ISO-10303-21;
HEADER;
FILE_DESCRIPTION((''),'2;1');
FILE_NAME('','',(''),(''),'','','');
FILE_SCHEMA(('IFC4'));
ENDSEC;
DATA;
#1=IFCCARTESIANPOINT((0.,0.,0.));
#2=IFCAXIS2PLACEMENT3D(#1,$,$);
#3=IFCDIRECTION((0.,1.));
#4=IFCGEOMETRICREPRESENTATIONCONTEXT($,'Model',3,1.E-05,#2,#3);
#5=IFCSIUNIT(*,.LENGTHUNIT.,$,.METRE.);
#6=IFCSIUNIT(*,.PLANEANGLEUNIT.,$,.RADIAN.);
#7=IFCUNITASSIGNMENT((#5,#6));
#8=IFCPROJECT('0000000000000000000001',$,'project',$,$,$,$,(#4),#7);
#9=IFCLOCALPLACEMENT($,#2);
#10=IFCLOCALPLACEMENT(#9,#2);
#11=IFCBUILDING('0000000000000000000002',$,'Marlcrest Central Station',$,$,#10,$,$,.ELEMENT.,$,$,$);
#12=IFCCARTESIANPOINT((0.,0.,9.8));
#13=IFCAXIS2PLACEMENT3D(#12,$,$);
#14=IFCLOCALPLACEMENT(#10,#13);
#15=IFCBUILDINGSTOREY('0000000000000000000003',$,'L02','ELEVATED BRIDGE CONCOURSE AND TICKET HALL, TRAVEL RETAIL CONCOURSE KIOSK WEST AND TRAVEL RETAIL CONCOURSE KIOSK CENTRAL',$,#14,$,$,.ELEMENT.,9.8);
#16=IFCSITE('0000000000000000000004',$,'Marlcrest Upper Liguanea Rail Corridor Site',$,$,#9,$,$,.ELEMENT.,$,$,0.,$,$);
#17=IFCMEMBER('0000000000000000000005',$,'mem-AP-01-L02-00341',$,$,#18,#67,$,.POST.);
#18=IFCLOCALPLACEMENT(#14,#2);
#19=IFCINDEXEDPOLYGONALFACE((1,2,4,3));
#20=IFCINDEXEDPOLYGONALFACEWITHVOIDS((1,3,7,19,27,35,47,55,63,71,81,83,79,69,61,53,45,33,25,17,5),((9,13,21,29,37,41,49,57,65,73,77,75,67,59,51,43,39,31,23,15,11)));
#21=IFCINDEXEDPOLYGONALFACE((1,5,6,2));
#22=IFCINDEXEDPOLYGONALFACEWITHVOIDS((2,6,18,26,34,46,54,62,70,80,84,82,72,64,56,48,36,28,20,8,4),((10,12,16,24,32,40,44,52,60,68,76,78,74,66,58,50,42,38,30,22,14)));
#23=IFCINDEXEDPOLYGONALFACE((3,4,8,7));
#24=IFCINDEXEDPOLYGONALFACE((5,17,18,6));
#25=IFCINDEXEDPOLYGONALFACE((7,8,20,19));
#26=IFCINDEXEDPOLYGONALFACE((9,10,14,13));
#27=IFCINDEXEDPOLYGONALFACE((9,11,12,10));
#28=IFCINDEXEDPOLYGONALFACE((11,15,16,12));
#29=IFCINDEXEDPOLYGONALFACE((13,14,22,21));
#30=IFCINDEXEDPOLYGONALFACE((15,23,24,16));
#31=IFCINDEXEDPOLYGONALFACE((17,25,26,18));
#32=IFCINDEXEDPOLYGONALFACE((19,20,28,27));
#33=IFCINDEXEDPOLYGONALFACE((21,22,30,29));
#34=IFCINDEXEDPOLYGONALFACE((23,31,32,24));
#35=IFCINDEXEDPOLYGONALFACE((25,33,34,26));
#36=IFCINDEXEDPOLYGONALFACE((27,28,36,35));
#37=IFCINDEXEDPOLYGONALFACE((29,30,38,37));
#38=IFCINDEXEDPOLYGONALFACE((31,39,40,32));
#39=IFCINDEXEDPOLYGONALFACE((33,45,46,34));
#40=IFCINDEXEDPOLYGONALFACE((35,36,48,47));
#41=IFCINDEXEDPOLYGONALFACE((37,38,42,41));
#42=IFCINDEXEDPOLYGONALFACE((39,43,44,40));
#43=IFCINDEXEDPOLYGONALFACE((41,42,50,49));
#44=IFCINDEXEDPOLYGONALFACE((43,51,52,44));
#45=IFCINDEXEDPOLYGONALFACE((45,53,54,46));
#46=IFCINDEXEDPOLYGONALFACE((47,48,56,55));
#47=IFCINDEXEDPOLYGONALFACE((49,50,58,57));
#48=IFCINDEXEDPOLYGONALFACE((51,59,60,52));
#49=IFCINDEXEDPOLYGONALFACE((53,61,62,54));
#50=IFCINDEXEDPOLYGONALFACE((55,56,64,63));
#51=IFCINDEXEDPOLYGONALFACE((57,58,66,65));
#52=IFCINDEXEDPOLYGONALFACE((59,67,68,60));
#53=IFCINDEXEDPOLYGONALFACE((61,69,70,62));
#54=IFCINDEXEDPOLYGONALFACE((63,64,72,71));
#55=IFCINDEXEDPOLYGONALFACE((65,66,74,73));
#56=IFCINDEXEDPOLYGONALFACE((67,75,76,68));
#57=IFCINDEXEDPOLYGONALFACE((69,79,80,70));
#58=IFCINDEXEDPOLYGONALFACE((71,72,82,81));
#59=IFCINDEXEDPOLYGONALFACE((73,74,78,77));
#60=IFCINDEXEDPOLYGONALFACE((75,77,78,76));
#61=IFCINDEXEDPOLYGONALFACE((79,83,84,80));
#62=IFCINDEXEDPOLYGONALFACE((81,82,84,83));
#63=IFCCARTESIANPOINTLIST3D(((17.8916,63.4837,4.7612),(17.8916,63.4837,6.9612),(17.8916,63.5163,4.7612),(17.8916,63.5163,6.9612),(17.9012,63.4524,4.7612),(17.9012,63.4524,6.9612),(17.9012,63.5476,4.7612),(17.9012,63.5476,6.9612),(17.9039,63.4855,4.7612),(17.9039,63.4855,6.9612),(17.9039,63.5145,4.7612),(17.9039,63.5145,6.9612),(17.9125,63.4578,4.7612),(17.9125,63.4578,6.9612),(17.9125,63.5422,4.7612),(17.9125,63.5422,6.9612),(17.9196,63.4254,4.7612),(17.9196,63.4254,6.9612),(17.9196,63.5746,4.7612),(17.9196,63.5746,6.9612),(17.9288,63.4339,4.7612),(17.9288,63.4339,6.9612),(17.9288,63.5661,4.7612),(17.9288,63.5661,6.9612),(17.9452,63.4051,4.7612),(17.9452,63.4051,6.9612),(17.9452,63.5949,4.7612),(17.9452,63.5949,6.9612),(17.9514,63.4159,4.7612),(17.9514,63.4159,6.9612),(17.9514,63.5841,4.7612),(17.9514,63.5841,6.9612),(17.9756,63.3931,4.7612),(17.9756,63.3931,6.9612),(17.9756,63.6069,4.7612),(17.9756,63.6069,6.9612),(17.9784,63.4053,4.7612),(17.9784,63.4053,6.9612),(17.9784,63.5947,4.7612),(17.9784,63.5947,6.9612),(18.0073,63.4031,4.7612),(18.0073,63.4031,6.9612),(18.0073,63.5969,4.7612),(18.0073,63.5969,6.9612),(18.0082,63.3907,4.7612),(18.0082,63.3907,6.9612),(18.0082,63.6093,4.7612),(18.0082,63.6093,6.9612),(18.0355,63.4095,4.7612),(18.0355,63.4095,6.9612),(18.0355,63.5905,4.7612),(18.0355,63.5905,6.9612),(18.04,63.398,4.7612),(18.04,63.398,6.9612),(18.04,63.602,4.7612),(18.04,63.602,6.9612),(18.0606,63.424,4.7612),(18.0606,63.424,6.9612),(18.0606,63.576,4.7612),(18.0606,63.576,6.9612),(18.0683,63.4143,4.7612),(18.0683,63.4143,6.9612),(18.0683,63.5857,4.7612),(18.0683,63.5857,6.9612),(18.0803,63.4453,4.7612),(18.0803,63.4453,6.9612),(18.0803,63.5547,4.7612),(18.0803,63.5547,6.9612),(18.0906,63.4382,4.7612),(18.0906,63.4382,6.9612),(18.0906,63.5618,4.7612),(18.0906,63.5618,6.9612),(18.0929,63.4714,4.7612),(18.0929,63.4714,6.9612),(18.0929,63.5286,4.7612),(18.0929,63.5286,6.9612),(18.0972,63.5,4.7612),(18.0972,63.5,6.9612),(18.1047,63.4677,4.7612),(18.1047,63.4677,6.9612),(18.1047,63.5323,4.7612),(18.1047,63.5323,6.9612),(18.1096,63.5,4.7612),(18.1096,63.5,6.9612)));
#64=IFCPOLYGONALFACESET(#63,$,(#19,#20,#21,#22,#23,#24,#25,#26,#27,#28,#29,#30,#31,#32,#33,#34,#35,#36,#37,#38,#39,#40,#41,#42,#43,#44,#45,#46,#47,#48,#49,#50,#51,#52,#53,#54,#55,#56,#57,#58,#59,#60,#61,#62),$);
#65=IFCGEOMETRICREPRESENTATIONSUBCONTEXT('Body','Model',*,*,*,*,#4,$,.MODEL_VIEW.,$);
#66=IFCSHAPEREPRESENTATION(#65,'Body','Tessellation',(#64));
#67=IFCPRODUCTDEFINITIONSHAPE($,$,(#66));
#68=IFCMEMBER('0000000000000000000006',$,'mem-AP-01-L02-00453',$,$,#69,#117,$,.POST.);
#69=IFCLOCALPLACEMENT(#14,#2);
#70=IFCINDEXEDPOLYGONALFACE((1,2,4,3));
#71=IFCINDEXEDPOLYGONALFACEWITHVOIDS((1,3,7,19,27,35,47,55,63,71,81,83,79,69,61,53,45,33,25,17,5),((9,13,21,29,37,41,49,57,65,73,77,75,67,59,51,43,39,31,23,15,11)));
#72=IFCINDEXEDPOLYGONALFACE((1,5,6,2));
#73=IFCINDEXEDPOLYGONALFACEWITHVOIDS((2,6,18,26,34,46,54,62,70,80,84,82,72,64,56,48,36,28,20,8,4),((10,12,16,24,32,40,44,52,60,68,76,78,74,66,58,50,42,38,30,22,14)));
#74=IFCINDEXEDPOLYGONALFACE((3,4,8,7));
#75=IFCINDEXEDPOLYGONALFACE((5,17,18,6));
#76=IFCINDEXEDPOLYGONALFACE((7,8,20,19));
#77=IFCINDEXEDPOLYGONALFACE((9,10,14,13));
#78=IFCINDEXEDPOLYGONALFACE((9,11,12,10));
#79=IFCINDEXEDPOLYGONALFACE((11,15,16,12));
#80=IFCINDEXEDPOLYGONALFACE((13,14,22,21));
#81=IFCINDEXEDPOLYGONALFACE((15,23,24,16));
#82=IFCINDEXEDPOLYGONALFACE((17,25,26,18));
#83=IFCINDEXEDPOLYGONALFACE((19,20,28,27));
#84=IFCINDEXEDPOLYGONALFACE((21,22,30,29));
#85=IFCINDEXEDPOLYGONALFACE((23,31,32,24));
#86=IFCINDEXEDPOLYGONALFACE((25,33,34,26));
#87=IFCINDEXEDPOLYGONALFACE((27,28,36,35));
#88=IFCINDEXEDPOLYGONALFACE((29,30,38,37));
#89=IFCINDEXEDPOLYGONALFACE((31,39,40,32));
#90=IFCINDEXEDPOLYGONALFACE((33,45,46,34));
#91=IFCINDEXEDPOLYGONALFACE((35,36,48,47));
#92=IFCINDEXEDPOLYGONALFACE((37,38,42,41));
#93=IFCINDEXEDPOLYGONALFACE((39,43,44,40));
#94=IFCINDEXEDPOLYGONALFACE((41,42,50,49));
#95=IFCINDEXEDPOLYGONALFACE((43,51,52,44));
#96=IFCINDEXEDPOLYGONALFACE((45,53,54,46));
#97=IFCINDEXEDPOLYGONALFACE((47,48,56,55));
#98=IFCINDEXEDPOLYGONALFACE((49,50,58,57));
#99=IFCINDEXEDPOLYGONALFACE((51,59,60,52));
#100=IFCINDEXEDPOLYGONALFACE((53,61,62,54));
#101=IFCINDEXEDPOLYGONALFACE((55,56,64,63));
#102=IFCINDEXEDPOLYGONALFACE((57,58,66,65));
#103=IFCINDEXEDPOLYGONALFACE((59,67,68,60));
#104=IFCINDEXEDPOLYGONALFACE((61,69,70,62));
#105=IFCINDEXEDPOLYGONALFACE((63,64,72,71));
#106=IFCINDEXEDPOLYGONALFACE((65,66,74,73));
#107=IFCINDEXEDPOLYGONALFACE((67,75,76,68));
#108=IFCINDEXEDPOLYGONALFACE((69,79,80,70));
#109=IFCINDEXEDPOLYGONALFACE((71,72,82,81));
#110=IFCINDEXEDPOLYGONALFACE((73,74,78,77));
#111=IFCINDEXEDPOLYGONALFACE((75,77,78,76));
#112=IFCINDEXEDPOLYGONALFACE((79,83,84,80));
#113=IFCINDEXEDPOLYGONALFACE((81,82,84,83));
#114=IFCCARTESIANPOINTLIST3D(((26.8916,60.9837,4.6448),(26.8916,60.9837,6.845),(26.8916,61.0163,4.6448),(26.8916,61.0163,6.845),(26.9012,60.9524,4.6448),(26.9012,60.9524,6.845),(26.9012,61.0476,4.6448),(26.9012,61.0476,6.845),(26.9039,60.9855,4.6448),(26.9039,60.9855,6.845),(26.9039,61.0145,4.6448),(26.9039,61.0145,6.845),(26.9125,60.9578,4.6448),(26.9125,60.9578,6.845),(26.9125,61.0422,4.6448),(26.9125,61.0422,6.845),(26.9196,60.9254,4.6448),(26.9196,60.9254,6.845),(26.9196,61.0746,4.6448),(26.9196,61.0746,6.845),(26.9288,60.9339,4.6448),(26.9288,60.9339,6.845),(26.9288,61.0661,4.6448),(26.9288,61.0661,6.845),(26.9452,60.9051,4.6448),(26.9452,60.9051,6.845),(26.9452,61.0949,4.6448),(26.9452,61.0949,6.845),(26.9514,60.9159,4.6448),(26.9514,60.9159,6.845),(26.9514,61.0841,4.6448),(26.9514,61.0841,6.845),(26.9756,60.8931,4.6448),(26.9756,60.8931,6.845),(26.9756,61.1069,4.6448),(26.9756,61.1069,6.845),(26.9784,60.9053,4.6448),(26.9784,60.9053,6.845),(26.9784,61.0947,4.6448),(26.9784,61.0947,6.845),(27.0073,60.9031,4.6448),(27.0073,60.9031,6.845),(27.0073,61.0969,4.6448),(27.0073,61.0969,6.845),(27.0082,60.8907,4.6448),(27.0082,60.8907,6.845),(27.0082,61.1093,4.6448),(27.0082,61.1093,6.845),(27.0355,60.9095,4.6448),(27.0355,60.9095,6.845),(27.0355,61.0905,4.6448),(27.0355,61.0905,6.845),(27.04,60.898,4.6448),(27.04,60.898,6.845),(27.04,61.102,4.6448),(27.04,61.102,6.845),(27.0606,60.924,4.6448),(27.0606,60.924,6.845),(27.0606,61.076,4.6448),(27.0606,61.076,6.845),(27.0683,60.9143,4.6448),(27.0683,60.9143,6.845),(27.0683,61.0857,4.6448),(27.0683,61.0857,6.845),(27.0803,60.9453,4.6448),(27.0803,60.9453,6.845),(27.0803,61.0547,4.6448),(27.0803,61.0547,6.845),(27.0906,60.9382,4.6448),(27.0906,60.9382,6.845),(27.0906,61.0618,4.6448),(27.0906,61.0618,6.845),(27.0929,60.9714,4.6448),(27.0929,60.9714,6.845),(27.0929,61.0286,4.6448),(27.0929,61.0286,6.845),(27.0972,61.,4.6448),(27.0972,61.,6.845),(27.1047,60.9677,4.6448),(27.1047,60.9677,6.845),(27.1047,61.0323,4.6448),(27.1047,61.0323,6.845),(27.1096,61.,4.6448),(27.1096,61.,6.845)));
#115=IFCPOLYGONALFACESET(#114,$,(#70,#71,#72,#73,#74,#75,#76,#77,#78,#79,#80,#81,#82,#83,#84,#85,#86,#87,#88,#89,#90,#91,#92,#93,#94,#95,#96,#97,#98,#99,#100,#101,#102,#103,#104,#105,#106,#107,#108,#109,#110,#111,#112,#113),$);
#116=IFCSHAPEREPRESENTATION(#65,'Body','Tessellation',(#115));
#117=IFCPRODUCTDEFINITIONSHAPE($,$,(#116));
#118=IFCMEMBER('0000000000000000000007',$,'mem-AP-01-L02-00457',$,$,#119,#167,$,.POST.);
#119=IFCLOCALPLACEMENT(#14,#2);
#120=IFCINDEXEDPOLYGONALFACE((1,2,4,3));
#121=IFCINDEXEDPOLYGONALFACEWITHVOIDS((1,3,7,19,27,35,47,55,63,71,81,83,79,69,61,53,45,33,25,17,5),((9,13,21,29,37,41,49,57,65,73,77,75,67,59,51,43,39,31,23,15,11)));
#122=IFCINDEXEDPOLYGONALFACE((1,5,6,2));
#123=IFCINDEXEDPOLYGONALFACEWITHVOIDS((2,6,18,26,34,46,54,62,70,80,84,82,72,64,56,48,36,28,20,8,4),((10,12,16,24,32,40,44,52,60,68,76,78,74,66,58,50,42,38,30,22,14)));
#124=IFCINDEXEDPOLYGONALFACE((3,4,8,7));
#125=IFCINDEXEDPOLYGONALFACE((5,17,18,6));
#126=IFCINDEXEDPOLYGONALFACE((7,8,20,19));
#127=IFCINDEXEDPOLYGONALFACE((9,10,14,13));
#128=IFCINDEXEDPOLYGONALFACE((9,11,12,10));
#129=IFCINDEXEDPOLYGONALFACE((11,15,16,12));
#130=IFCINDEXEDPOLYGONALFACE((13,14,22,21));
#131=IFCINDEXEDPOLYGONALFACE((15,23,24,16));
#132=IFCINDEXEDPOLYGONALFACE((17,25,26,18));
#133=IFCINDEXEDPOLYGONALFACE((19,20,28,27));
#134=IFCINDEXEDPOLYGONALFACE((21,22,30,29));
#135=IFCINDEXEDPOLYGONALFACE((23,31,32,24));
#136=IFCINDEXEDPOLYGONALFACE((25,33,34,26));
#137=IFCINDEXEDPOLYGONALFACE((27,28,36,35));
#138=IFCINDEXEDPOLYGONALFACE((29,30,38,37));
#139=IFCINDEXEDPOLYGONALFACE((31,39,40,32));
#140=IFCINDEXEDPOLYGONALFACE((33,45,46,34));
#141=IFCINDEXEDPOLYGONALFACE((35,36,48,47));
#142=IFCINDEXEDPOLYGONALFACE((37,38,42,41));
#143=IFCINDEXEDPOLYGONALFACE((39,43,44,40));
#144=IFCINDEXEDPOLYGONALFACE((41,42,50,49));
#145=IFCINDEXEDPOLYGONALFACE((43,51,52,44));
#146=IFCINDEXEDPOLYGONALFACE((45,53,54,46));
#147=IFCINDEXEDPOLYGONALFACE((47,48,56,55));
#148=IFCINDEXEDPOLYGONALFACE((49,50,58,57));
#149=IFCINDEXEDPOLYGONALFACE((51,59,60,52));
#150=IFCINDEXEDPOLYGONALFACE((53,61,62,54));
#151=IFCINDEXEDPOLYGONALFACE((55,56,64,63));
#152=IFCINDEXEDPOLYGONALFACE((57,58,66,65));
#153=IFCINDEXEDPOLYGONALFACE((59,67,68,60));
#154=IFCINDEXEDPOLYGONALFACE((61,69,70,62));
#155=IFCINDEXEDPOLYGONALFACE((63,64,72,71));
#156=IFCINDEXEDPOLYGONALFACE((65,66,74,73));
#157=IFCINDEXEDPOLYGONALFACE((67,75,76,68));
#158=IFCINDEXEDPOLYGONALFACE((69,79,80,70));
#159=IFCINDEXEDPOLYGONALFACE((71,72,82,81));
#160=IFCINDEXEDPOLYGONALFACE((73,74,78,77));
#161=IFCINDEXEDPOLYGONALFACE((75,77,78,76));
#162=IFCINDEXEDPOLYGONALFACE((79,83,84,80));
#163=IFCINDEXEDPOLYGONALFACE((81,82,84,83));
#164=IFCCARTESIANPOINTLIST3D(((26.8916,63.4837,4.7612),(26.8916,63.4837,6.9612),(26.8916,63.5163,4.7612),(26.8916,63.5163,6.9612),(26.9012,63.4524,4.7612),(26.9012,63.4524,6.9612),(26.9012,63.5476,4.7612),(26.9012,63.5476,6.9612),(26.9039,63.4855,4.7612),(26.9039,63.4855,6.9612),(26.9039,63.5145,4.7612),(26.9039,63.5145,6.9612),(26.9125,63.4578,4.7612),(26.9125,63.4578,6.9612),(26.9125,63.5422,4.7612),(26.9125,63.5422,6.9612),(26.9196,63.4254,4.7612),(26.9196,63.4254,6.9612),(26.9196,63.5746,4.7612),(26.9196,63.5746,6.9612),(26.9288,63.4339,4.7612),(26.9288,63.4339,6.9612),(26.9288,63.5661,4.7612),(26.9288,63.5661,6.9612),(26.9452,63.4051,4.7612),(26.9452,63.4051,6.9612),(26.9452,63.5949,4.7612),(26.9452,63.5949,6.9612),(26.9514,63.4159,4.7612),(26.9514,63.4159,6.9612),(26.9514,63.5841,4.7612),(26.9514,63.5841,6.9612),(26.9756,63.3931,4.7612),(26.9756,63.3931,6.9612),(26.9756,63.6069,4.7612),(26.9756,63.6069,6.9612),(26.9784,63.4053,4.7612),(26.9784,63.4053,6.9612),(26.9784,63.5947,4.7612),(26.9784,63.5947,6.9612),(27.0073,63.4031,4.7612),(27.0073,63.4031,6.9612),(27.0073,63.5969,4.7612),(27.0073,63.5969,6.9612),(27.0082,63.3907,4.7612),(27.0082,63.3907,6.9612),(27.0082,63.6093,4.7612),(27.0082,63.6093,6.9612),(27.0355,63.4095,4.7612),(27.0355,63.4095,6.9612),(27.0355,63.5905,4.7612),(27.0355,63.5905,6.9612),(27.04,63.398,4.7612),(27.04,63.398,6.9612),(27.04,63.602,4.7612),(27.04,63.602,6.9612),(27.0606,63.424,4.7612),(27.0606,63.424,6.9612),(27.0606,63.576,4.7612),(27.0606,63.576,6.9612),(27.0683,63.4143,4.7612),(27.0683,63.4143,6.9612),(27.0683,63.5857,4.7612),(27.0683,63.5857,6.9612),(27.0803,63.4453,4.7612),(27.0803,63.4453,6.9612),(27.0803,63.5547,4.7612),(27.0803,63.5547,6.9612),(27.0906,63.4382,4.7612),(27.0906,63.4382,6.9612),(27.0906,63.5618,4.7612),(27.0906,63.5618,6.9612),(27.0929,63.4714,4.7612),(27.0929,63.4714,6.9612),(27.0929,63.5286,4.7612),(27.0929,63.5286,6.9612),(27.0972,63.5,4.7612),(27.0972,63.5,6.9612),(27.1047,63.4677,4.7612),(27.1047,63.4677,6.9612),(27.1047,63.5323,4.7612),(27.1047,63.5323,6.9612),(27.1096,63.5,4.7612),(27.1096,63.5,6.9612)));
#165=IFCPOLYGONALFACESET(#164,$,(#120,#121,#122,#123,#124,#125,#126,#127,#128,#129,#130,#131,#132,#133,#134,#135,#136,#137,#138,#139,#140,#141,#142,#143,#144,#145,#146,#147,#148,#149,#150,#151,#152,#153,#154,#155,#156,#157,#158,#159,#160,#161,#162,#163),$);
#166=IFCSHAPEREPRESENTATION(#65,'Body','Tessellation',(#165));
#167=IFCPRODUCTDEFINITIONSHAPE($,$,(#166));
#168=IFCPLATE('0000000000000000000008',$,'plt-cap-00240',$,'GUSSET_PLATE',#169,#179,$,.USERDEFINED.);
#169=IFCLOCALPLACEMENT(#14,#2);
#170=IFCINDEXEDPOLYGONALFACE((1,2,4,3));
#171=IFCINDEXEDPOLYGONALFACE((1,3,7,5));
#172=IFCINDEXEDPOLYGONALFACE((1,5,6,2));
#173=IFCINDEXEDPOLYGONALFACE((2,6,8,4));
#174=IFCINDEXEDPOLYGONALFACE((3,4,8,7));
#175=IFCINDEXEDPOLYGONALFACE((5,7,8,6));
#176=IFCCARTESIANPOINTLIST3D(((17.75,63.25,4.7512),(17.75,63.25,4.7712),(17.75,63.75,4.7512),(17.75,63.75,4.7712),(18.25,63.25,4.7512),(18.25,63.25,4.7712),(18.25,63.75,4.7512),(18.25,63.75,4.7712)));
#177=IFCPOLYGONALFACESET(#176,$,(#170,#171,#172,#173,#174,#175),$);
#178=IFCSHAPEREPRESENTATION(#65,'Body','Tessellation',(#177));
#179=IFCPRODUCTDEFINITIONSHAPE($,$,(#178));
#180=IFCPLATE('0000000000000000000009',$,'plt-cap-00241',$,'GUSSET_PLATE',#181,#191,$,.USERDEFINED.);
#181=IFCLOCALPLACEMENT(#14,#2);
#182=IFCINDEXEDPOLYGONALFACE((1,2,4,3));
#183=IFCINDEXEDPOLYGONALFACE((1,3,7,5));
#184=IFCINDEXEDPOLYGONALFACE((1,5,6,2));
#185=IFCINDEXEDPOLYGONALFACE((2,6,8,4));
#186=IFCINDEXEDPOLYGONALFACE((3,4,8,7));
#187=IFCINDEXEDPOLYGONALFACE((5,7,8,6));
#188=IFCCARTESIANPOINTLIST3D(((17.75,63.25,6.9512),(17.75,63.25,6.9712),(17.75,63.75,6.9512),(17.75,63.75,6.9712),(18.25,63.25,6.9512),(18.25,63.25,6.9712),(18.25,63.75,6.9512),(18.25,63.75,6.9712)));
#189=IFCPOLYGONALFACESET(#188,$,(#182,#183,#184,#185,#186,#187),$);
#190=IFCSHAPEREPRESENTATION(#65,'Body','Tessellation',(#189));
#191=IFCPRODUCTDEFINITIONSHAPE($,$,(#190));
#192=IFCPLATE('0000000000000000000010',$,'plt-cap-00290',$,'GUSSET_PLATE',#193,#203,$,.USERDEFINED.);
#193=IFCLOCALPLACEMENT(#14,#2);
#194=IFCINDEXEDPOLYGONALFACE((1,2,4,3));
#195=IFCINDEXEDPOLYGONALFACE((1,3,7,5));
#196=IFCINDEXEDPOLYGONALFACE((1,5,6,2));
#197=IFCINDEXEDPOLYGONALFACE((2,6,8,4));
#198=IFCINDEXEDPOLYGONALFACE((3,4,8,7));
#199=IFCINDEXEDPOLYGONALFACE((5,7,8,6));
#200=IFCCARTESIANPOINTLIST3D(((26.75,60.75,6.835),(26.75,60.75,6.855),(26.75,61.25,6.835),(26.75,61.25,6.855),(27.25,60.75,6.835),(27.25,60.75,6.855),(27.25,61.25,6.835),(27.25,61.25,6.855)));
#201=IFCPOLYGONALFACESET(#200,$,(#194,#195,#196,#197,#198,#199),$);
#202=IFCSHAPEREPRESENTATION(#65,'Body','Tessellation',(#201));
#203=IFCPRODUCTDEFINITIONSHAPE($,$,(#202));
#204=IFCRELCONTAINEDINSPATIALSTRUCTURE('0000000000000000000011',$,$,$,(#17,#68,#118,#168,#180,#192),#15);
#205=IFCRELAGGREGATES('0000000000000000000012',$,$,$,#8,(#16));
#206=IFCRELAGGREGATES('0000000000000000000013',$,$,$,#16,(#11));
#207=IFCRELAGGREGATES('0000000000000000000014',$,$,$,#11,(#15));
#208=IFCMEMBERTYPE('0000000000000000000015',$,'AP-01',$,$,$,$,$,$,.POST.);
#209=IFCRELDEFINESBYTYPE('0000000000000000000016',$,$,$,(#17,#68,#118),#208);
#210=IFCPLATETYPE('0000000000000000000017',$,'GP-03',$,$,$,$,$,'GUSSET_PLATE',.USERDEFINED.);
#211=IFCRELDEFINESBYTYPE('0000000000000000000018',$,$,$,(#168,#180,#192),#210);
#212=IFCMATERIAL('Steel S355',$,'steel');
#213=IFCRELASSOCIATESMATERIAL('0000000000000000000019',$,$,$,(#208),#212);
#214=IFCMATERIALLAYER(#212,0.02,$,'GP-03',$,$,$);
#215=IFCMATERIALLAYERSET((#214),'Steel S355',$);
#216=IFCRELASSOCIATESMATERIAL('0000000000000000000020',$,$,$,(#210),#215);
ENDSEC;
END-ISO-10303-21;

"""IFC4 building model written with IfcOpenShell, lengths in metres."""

from ifc_helpers import new_model, si_unit, direction, frame, origin, origin_2d, place, context, subcontext, project, spatial, rectangle, hollow_circle, extrude, material, layer, layer_set, material_profile, profile_set, type_object, element, save


model = new_model("IFC4")

# Units and contexts
model_context = context("Model", 3, precision=1e-05, world=origin(), true_north=direction((0.0, 1.0)))
body_context = subcontext(model_context, "Body", "Model", "MODEL_VIEW")
ifc_project = project(units=[si_unit("LENGTHUNIT", "METRE"), si_unit("PLANEANGLEUNIT", "RADIAN")], contexts=[model_context])

# Site, building, storey
site_placement = place(None, origin())
site = spatial("IfcSite", under=ifc_project, at=site_placement, Name="Marlcrest Upper Liguanea Rail Corridor Site", CompositionType="ELEMENT", RefElevation=0.0)
building_placement = place(site_placement, origin())
building = spatial("IfcBuilding", under=site, at=building_placement, Name="Marlcrest Central Station", CompositionType="ELEMENT")
storey_placement = place(building_placement, frame((0.0, 0.0, 9.8)))
storey = spatial("IfcBuildingStorey", under=building, at=storey_placement, Name="L02", Description="ELEVATED BRIDGE CONCOURSE AND TICKET HALL, TRAVEL RETAIL CONCOURSE KIOSK WEST AND TRAVEL RETAIL CONCOURSE KIOSK CENTRAL", CompositionType="ELEMENT", Elevation=9.8)

# Members
ifc_material = material(Name="Steel S355", Category="steel")
ifc_material_profile_1 = material_profile(ifc_material, hollow_circle(Radius=0.1096, WallThickness=0.0125, at=origin_2d()), Name="CHS 219.1x12.5")
ifc_profile_set_1 = profile_set([ifc_material_profile_1], Name="Steel S355")
member_type_1 = type_object("IfcMemberType", Name="AP-01", PredefinedType="POST", material=ifc_profile_set_1)
member_1_placement = place(storey_placement, frame((18.0, 63.5, 4.7612), z_axis=(0.0, 0.0, 1.0), x_axis=(1.0, 0.0, 0.0)))
element("IfcMember", 1, at=member_1_placement, inside=storey, type_object=member_type_1, Name="mem-AP-01-L02-00341", PredefinedType="POST", context=body_context, shape_type="SweptSolid", body=[
    extrude(hollow_circle(Radius=0.1096, WallThickness=0.0125, at=origin_2d()), origin(), (0.0, 0.0, 1.0), 2.2),
])
member_2_placement = place(storey_placement, frame((27.0, 61.0, 4.6448), z_axis=(0.0, 0.0, 1.0), x_axis=(1.0, 0.0, 0.0)))
element("IfcMember", 2, at=member_2_placement, inside=storey, type_object=member_type_1, Name="mem-AP-01-L02-00453", PredefinedType="POST", context=body_context, shape_type="SweptSolid", body=[
    extrude(hollow_circle(Radius=0.1096, WallThickness=0.0125, at=origin_2d()), origin(), (0.0, 0.0, 1.0), 2.2002),
])
member_3_placement = place(storey_placement, frame((27.0, 63.5, 4.7612), z_axis=(0.0, 0.0, 1.0), x_axis=(1.0, 0.0, 0.0)))
element("IfcMember", 3, at=member_3_placement, inside=storey, type_object=member_type_1, Name="mem-AP-01-L02-00457", PredefinedType="POST", context=body_context, shape_type="SweptSolid", body=[
    extrude(hollow_circle(Radius=0.1096, WallThickness=0.0125, at=origin_2d()), origin(), (0.0, 0.0, 1.0), 2.2),
])

# Plates
ifc_layer = layer(ifc_material, 0.02, Name="GP-03")
ifc_layer_set = layer_set([ifc_layer], Name="Steel S355")
plate_type = type_object("IfcPlateType", Name="GP-03", ElementType="GUSSET_PLATE", PredefinedType="USERDEFINED", material=ifc_layer_set)
for number, where, z_axis, x_axis, name in (
    (4, (18.0, 63.5, 4.7512), (0.0, 0.0, 1.0), (1.0, 0.0, 0.0), "plt-cap-00240"),
    (5, (18.0, 63.5, 6.9512), (0.0, 0.0, 1.0), (1.0, 0.0, 0.0), "plt-cap-00241"),
    (6, (27.0, 61.0, 6.835), (0.0, 0.0, 1.0), (1.0, 0.0, 0.0), "plt-cap-00290"),
):
    element("IfcPlate", number, at=place(storey_placement, frame(where, z_axis=z_axis, x_axis=x_axis)), inside=storey, type_object=plate_type, Name=name, ObjectType="GUSSET_PLATE", PredefinedType="USERDEFINED", context=body_context, shape_type="SweptSolid", body=[
        extrude(rectangle(XDim=0.5, YDim=0.5, at=origin_2d()), origin(), (0.0, 0.0, 1.0), 0.02),
    ])

save(model, "model.ifc")
